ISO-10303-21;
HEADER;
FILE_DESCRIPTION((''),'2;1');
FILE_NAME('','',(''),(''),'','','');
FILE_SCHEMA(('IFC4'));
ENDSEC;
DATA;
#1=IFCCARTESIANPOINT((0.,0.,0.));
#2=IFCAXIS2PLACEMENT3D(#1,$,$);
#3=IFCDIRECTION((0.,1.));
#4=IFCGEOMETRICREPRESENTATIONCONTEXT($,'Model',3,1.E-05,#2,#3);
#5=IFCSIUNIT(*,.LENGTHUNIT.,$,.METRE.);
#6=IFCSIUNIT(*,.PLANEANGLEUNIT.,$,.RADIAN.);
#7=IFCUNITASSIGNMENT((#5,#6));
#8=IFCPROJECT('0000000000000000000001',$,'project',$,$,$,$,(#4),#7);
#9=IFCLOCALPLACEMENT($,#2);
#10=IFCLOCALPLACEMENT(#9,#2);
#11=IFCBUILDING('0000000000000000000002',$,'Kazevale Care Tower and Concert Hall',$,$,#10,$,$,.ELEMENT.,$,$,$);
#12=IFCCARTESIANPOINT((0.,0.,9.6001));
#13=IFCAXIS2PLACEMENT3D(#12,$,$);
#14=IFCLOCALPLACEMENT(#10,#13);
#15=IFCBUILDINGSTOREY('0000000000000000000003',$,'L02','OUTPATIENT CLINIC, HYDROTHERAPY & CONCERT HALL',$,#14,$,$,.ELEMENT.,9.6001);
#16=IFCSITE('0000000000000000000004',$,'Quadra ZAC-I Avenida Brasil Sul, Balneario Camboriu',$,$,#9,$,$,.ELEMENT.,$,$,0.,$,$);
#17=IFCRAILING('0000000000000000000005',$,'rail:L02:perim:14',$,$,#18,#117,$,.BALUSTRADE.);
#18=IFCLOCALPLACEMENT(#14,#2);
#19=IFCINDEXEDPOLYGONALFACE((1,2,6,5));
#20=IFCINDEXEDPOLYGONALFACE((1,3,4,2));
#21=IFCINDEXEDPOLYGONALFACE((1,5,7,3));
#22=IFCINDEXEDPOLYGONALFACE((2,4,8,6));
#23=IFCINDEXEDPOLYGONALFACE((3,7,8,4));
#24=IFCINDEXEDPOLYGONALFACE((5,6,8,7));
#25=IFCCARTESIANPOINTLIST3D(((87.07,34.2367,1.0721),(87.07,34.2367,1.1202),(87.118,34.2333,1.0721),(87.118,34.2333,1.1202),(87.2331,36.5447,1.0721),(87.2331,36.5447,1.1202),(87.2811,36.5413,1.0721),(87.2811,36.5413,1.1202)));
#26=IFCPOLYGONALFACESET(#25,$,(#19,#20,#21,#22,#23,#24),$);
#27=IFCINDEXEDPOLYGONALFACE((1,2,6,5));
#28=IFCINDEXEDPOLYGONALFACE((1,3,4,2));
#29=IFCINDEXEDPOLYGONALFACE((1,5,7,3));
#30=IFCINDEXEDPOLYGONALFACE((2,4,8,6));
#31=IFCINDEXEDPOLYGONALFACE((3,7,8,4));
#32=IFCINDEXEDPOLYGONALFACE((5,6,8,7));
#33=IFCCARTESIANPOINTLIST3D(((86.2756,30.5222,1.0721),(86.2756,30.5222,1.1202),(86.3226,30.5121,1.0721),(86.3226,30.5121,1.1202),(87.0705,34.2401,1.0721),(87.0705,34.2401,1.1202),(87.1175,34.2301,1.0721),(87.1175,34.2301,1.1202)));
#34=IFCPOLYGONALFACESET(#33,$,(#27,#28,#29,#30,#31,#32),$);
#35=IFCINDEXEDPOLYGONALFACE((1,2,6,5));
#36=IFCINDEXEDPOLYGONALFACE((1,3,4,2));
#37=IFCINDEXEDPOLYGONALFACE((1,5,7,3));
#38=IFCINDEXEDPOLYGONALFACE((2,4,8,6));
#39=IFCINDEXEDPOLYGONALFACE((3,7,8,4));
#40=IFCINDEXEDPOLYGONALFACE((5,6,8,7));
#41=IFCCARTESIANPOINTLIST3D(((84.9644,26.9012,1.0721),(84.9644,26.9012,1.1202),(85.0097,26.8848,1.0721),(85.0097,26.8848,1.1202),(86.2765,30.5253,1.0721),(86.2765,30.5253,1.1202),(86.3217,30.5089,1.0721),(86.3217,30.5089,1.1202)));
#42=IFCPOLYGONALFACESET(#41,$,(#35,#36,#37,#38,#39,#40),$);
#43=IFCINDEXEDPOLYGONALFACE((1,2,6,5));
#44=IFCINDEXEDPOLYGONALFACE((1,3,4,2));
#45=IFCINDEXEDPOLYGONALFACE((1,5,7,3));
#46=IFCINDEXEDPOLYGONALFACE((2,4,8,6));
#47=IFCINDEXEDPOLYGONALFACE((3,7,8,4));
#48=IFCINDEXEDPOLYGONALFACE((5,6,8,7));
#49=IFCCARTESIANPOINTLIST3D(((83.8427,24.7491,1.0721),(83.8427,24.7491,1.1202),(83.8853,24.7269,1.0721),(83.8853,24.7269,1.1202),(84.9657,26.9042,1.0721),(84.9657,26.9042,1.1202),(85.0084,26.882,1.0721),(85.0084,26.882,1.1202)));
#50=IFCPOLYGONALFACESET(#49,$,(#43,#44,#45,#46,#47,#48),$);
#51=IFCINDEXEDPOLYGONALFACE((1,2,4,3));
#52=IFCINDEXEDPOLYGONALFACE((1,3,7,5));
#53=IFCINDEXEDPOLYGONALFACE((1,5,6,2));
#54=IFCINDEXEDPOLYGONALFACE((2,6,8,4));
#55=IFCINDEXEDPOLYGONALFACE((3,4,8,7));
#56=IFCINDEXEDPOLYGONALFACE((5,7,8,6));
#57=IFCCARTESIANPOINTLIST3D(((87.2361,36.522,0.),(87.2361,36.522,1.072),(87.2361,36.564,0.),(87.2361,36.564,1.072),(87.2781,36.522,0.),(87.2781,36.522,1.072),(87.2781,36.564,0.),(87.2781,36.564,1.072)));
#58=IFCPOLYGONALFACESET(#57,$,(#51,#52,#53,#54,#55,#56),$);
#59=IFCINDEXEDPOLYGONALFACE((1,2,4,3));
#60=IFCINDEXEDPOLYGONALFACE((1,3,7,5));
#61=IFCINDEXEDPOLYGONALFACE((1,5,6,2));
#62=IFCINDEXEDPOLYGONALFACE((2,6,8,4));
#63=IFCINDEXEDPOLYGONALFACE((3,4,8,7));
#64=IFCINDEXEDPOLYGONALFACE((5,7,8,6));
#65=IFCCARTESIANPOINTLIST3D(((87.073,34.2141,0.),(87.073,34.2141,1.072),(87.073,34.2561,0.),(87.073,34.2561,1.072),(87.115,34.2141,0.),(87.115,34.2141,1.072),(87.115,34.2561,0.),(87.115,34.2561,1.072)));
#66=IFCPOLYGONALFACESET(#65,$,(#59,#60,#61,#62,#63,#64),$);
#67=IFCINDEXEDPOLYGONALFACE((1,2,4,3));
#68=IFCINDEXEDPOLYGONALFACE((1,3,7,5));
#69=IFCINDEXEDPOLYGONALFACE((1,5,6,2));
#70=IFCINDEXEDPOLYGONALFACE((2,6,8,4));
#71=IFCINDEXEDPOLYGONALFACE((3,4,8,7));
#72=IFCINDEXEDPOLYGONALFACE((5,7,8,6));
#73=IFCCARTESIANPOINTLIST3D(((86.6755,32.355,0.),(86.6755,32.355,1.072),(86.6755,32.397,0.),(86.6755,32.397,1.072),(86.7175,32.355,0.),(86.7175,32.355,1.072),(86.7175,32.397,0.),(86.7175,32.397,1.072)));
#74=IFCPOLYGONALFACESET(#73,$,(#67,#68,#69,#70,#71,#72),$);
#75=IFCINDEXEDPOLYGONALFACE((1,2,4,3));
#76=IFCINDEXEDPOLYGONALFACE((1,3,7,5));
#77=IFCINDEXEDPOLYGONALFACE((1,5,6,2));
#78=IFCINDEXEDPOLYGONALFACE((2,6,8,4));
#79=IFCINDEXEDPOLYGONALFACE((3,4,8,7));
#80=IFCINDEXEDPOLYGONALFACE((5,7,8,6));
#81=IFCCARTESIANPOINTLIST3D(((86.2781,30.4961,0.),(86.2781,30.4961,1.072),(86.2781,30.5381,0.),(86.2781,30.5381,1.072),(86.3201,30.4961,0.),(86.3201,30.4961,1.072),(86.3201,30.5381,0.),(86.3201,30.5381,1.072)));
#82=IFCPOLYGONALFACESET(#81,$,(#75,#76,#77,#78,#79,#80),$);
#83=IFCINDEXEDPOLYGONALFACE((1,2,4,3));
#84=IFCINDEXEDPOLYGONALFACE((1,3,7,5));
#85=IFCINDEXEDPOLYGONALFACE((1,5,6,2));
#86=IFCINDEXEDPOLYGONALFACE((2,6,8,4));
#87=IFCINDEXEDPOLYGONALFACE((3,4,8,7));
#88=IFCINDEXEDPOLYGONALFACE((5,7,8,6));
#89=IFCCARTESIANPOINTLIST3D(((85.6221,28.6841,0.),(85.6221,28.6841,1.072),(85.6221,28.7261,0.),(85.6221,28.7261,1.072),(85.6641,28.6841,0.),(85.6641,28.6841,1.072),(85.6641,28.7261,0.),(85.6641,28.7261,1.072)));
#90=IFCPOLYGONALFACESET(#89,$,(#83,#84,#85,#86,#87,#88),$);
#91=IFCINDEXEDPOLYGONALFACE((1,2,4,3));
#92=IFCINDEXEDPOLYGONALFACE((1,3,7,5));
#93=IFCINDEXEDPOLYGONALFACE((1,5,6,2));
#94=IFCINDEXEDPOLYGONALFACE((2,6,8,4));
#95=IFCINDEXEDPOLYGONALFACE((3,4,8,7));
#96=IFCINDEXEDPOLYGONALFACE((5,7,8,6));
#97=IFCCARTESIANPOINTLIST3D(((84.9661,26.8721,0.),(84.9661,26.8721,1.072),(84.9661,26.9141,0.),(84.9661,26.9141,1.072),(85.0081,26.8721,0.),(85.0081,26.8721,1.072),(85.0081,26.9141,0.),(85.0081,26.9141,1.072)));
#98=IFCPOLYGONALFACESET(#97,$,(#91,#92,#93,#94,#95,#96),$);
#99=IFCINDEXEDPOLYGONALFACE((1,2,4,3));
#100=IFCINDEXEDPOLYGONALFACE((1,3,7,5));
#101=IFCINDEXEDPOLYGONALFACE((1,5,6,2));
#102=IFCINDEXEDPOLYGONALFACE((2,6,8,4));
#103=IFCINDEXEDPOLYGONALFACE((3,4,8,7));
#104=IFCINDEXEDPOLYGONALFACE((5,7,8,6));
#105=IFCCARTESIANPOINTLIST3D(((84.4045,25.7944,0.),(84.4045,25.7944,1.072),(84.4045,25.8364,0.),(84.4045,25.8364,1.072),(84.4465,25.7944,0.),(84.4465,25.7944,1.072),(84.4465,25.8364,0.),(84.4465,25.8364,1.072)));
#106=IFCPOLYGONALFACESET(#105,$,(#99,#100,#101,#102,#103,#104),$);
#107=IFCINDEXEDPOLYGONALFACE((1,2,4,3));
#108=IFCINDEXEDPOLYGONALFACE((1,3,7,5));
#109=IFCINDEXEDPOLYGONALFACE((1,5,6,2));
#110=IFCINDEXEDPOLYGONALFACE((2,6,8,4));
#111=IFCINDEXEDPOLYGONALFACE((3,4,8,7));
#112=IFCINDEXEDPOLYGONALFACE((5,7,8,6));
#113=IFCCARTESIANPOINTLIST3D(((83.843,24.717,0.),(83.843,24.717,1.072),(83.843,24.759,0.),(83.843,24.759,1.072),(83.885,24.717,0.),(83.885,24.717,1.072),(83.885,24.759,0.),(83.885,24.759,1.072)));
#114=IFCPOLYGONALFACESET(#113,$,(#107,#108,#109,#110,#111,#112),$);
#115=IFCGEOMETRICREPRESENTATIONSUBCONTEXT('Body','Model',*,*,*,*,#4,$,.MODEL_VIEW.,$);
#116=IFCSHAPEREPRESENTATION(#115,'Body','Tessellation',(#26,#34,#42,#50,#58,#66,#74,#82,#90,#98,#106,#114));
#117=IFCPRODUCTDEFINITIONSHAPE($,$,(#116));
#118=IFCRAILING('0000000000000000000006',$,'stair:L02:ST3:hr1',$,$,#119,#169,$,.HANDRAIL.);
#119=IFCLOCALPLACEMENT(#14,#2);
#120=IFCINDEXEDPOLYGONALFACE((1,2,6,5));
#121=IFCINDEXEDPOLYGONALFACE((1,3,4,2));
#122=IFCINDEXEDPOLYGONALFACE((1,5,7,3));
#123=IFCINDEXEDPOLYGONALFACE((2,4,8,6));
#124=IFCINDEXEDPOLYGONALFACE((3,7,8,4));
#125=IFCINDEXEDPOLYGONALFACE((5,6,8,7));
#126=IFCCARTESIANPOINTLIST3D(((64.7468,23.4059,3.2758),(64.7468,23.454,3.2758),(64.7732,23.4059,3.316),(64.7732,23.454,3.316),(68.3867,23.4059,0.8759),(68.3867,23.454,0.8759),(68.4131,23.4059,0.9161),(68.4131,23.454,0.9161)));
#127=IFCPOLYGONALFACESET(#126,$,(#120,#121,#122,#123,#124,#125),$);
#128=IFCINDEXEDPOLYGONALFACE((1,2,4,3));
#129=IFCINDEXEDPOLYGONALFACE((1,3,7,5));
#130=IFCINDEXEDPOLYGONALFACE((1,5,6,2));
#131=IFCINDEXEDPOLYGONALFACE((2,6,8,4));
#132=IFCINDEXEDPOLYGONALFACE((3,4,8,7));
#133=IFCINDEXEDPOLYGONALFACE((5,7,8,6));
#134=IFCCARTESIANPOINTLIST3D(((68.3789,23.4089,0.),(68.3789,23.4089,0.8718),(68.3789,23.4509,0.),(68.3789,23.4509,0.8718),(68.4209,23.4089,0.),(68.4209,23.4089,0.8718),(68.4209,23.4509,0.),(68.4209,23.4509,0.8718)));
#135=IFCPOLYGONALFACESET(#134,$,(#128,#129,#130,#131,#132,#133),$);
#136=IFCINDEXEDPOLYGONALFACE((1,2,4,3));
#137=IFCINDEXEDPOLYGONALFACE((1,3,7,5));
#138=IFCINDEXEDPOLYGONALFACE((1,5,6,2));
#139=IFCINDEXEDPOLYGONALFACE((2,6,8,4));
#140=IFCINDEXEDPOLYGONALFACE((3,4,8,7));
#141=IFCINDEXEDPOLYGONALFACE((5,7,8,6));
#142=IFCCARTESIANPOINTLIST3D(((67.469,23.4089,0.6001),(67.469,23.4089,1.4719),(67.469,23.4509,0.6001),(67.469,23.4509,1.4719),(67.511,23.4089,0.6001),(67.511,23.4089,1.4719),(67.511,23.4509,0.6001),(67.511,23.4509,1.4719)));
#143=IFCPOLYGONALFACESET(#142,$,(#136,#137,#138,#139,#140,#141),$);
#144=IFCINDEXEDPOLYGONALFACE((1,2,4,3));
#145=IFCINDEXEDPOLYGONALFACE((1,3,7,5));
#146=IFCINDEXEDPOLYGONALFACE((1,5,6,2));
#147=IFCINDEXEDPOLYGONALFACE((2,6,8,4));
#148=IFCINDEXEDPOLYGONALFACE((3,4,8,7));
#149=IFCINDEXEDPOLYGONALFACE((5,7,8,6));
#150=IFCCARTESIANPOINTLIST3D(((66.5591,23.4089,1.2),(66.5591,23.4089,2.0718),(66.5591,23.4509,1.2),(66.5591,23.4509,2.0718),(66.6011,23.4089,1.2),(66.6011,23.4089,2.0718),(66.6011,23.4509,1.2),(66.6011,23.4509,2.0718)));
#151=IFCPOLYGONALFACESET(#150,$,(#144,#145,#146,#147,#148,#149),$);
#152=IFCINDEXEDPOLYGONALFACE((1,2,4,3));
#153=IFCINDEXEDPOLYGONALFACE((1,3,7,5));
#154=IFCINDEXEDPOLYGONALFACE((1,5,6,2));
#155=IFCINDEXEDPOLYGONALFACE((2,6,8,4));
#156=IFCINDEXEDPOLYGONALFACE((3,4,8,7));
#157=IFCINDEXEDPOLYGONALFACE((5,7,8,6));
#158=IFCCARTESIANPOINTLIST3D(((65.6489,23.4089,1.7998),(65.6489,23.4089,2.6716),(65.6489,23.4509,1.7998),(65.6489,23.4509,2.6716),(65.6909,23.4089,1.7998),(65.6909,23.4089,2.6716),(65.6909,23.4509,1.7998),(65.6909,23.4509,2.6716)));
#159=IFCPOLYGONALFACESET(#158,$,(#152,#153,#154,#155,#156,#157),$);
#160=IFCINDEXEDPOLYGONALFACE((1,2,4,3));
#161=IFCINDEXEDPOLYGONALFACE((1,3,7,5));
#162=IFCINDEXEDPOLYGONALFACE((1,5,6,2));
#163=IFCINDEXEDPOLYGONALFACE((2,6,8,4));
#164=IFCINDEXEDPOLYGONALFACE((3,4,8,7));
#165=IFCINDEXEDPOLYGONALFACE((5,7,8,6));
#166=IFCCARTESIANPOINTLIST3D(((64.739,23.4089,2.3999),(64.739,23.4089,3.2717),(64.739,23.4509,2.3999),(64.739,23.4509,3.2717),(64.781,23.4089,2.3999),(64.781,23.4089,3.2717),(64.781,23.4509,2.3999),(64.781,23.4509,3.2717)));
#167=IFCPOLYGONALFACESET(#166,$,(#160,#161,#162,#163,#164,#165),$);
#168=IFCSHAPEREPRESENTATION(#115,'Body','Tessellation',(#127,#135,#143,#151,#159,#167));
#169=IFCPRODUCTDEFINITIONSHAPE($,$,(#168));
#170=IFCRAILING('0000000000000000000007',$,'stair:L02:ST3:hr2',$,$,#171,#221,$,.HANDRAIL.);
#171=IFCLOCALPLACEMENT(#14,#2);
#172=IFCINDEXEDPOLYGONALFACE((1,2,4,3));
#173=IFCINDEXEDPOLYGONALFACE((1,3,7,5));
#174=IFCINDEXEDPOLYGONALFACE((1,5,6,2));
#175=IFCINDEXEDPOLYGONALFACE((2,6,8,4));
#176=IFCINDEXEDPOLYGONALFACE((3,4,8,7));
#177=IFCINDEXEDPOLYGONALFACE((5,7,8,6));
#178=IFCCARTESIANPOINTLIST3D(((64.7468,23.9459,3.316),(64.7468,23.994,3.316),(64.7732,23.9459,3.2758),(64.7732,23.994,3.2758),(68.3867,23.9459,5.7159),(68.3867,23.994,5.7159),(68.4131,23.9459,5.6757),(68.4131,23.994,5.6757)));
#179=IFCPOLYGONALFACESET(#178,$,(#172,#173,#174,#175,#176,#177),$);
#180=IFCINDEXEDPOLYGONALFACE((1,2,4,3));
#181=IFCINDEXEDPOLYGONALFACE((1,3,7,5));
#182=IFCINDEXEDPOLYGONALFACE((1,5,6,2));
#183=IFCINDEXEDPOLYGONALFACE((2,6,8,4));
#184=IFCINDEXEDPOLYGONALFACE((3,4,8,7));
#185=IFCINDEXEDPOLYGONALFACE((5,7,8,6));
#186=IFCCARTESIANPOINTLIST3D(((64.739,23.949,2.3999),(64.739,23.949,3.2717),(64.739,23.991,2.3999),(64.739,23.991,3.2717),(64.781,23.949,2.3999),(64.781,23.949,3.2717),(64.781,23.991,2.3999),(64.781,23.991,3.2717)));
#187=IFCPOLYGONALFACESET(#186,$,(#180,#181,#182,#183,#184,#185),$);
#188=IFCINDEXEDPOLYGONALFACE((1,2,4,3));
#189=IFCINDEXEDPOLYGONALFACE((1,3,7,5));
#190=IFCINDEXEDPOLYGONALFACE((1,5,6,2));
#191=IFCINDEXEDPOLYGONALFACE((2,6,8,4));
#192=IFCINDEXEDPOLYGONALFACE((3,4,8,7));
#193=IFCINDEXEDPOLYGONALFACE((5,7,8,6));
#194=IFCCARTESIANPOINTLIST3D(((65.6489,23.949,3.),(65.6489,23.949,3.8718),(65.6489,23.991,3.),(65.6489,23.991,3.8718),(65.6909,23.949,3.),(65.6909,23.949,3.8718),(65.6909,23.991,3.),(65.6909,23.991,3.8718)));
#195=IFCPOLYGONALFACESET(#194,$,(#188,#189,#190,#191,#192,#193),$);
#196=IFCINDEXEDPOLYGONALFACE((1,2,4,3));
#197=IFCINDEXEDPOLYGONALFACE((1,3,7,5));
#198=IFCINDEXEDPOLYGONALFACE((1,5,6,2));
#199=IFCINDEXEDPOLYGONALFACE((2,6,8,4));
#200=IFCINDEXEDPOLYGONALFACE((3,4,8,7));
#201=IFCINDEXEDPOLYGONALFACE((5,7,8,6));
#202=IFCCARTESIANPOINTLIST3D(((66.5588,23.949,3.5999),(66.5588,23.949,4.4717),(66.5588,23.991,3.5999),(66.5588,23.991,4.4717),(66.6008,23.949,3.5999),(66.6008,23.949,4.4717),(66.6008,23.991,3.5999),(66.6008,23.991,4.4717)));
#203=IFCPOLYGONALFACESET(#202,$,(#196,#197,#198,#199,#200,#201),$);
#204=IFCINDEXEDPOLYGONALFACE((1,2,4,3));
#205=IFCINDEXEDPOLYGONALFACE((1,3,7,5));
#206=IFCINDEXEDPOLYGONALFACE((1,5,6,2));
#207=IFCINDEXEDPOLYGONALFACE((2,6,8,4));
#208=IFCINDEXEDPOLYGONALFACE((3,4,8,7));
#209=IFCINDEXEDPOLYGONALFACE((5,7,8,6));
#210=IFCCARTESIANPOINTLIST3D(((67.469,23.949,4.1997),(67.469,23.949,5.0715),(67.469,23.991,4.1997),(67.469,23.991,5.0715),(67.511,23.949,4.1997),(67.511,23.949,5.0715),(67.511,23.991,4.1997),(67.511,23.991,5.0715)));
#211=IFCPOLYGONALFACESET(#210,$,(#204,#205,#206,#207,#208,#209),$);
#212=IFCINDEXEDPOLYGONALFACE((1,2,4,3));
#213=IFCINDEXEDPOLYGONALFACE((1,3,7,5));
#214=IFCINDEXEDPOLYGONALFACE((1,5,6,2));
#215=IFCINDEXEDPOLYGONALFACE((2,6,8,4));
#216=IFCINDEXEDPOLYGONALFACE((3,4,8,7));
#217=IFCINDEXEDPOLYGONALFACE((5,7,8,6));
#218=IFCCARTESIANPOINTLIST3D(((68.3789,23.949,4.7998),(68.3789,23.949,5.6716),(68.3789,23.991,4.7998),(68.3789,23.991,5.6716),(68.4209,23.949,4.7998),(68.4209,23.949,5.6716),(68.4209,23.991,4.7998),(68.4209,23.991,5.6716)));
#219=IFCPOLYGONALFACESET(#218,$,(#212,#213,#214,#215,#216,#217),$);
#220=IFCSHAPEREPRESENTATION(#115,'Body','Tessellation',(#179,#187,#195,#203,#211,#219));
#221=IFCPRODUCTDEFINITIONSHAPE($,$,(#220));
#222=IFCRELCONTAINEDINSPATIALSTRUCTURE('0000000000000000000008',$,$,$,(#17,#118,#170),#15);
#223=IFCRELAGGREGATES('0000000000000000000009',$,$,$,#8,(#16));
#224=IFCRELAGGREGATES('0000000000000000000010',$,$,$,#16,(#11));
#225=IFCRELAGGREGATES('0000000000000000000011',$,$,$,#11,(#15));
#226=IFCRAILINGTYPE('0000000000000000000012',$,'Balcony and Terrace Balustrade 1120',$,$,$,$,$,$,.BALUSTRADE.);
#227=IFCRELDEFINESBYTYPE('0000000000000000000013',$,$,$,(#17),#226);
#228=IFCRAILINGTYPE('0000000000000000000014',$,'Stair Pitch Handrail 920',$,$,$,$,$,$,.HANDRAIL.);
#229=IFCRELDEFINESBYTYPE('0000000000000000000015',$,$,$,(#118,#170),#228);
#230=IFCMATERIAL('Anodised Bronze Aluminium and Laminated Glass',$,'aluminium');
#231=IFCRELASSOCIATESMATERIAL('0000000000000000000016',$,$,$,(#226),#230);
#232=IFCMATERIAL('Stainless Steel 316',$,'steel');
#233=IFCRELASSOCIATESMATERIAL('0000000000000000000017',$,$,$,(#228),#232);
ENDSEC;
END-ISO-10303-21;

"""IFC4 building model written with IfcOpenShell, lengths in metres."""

from ifc_helpers import new_model, si_unit, direction, frame, origin, origin_2d, place, context, subcontext, project, spatial, rectangle, extrude, material, type_object, element, save


model = new_model("IFC4")

# Units and contexts
model_context = context("Model", 3, precision=1e-05, world=origin(), true_north=direction((0.0, 1.0)))
body_context = subcontext(model_context, "Body", "Model", "MODEL_VIEW")
ifc_project = project(units=[si_unit("LENGTHUNIT", "METRE"), si_unit("PLANEANGLEUNIT", "RADIAN")], contexts=[model_context])

# Site, building, storey
site_placement = place(None, origin())
site = spatial("IfcSite", under=ifc_project, at=site_placement, Name="Quadra ZAC-I Avenida Brasil Sul, Balneario Camboriu", CompositionType="ELEMENT", RefElevation=0.0)
building_placement = place(site_placement, origin())
building = spatial("IfcBuilding", under=site, at=building_placement, Name="Kazevale Care Tower and Concert Hall", CompositionType="ELEMENT")
storey_placement = place(building_placement, frame((0.0, 0.0, 9.6001)))
storey = spatial("IfcBuildingStorey", under=building, at=storey_placement, Name="L02", Description="OUTPATIENT CLINIC, HYDROTHERAPY & CONCERT HALL", CompositionType="ELEMENT", Elevation=9.6001)

# Railings
ifc_material_1 = material(Name="Anodised Bronze Aluminium and Laminated Glass", Category="aluminium")
railing_type_1 = type_object("IfcRailingType", Name="Balcony and Terrace Balustrade 1120", PredefinedType="BALUSTRADE", material=ifc_material_1)
railing_1_placement = place(storey_placement, frame((87.2571, 36.543, 0.0)))
element("IfcRailing", 1, at=railing_1_placement, inside=storey, type_object=railing_type_1, Name="rail:L02:perim:14", PredefinedType="BALUSTRADE", context=body_context, shape_type="SweptSolid", body=[
    extrude(rectangle(XDim=0.0481, YDim=0.0481, at=origin_2d()), frame((0.0, 0.0, 1.0962), z_axis=(-0.07049, -0.997513, 0.0), x_axis=(0.997513, -0.07049, 0.0)), (0.0, 0.0, 1.0), 2.3137),
    extrude(rectangle(XDim=0.0481, YDim=0.0481, at=origin_2d()), frame((-0.1631, -2.3079, 1.0962), z_axis=(-0.209077, -0.977899, 0.0), x_axis=(0.977899, -0.209077, 0.0)), (0.0, 0.0, 1.0), 3.802),
    extrude(rectangle(XDim=0.0481, YDim=0.0481, at=origin_2d()), frame((-0.958, -6.0259, 1.0962), z_axis=(-0.34041, -0.940277, 0.0), x_axis=(0.940277, -0.34041, 0.0)), (0.0, 0.0, 1.0), 3.8542),
    extrude(rectangle(XDim=0.0481, YDim=0.0481, at=origin_2d()), frame((-2.27, -9.6499, 1.0962), z_axis=(-0.46214, -0.886807, 0.0), x_axis=(0.886807, -0.46214, 0.0)), (0.0, 0.0, 1.0), 2.4302),
    extrude(rectangle(XDim=0.042, YDim=0.042, at=origin_2d()), origin(), (0.0, 0.0, 1.0), 1.072),
    extrude(rectangle(XDim=0.042, YDim=0.042, at=origin_2d()), frame((-0.1631, -2.3079, 0.0)), (0.0, 0.0, 1.0), 1.072),
    extrude(rectangle(XDim=0.042, YDim=0.042, at=origin_2d()), frame((-0.5605, -4.167, 0.0)), (0.0, 0.0, 1.0), 1.072),
    extrude(rectangle(XDim=0.042, YDim=0.042, at=origin_2d()), frame((-0.958, -6.0259, 0.0)), (0.0, 0.0, 1.0), 1.072),
    extrude(rectangle(XDim=0.042, YDim=0.042, at=origin_2d()), frame((-1.614, -7.8379, 0.0)), (0.0, 0.0, 1.0), 1.072),
    extrude(rectangle(XDim=0.042, YDim=0.042, at=origin_2d()), frame((-2.27, -9.6499, 0.0)), (0.0, 0.0, 1.0), 1.072),
    extrude(rectangle(XDim=0.042, YDim=0.042, at=origin_2d()), frame((-2.8315, -10.7275, 0.0)), (0.0, 0.0, 1.0), 1.072),
    extrude(rectangle(XDim=0.042, YDim=0.042, at=origin_2d()), frame((-3.3931, -11.8049, 0.0)), (0.0, 0.0, 1.0), 1.072),
])
ifc_material_2 = material(Name="Stainless Steel 316", Category="steel")
railing_type_2 = type_object("IfcRailingType", Name="Stair Pitch Handrail 920", PredefinedType="HANDRAIL", material=ifc_material_2)
railing_2_placement = place(storey_placement, frame((68.3999, 23.4299, 0.0)))
element("IfcRailing", 2, at=railing_2_placement, inside=storey, type_object=railing_type_2, Name="stair:L02:ST3:hr1", PredefinedType="HANDRAIL", context=body_context, shape_type="SweptSolid", body=[
    extrude(rectangle(XDim=0.0481, YDim=0.0481, at=origin_2d()), frame((0.0, 0.0, 0.896), z_axis=(-0.834865, 0.0, 0.550454), x_axis=(0.0, -1.0, 0.0)), (0.0, 0.0, 1.0), 4.3599),
    extrude(rectangle(XDim=0.042, YDim=0.042, at=origin_2d()), origin(), (0.0, 0.0, 1.0), 0.8718),
    extrude(rectangle(XDim=0.042, YDim=0.042, at=origin_2d()), frame((-0.9099, 0.0, 0.6001)), (0.0, 0.0, 1.0), 0.8718),
    extrude(rectangle(XDim=0.042, YDim=0.042, at=origin_2d()), frame((-1.8198, 0.0, 1.2)), (0.0, 0.0, 1.0), 0.8718),
    extrude(rectangle(XDim=0.042, YDim=0.042, at=origin_2d()), frame((-2.73, 0.0, 1.7998)), (0.0, 0.0, 1.0), 0.8718),
    extrude(rectangle(XDim=0.042, YDim=0.042, at=origin_2d()), frame((-3.6399, 0.0, 2.3999)), (0.0, 0.0, 1.0), 0.8718),
])
railing_3_placement = place(storey_placement, frame((64.76, 23.97, 2.3999)))
element("IfcRailing", 3, at=railing_3_placement, inside=storey, type_object=railing_type_2, Name="stair:L02:ST3:hr2", PredefinedType="HANDRAIL", context=body_context, shape_type="SweptSolid", body=[
    extrude(rectangle(XDim=0.0481, YDim=0.0481, at=origin_2d()), frame((0.0, 0.0, 0.896), z_axis=(0.834865, 0.0, 0.550454), x_axis=(0.0, 1.0, 0.0)), (0.0, 0.0, 1.0), 4.3599),
    extrude(rectangle(XDim=0.042, YDim=0.042, at=origin_2d()), origin(), (0.0, 0.0, 1.0), 0.8718),
    extrude(rectangle(XDim=0.042, YDim=0.042, at=origin_2d()), frame((0.9099, 0.0, 0.6001)), (0.0, 0.0, 1.0), 0.8718),
    extrude(rectangle(XDim=0.042, YDim=0.042, at=origin_2d()), frame((1.8198, 0.0, 1.2)), (0.0, 0.0, 1.0), 0.8718),
    extrude(rectangle(XDim=0.042, YDim=0.042, at=origin_2d()), frame((2.73, 0.0, 1.7998)), (0.0, 0.0, 1.0), 0.8718),
    extrude(rectangle(XDim=0.042, YDim=0.042, at=origin_2d()), frame((3.6399, 0.0, 2.3999)), (0.0, 0.0, 1.0), 0.8718),
])

save(model, "model.ifc")
